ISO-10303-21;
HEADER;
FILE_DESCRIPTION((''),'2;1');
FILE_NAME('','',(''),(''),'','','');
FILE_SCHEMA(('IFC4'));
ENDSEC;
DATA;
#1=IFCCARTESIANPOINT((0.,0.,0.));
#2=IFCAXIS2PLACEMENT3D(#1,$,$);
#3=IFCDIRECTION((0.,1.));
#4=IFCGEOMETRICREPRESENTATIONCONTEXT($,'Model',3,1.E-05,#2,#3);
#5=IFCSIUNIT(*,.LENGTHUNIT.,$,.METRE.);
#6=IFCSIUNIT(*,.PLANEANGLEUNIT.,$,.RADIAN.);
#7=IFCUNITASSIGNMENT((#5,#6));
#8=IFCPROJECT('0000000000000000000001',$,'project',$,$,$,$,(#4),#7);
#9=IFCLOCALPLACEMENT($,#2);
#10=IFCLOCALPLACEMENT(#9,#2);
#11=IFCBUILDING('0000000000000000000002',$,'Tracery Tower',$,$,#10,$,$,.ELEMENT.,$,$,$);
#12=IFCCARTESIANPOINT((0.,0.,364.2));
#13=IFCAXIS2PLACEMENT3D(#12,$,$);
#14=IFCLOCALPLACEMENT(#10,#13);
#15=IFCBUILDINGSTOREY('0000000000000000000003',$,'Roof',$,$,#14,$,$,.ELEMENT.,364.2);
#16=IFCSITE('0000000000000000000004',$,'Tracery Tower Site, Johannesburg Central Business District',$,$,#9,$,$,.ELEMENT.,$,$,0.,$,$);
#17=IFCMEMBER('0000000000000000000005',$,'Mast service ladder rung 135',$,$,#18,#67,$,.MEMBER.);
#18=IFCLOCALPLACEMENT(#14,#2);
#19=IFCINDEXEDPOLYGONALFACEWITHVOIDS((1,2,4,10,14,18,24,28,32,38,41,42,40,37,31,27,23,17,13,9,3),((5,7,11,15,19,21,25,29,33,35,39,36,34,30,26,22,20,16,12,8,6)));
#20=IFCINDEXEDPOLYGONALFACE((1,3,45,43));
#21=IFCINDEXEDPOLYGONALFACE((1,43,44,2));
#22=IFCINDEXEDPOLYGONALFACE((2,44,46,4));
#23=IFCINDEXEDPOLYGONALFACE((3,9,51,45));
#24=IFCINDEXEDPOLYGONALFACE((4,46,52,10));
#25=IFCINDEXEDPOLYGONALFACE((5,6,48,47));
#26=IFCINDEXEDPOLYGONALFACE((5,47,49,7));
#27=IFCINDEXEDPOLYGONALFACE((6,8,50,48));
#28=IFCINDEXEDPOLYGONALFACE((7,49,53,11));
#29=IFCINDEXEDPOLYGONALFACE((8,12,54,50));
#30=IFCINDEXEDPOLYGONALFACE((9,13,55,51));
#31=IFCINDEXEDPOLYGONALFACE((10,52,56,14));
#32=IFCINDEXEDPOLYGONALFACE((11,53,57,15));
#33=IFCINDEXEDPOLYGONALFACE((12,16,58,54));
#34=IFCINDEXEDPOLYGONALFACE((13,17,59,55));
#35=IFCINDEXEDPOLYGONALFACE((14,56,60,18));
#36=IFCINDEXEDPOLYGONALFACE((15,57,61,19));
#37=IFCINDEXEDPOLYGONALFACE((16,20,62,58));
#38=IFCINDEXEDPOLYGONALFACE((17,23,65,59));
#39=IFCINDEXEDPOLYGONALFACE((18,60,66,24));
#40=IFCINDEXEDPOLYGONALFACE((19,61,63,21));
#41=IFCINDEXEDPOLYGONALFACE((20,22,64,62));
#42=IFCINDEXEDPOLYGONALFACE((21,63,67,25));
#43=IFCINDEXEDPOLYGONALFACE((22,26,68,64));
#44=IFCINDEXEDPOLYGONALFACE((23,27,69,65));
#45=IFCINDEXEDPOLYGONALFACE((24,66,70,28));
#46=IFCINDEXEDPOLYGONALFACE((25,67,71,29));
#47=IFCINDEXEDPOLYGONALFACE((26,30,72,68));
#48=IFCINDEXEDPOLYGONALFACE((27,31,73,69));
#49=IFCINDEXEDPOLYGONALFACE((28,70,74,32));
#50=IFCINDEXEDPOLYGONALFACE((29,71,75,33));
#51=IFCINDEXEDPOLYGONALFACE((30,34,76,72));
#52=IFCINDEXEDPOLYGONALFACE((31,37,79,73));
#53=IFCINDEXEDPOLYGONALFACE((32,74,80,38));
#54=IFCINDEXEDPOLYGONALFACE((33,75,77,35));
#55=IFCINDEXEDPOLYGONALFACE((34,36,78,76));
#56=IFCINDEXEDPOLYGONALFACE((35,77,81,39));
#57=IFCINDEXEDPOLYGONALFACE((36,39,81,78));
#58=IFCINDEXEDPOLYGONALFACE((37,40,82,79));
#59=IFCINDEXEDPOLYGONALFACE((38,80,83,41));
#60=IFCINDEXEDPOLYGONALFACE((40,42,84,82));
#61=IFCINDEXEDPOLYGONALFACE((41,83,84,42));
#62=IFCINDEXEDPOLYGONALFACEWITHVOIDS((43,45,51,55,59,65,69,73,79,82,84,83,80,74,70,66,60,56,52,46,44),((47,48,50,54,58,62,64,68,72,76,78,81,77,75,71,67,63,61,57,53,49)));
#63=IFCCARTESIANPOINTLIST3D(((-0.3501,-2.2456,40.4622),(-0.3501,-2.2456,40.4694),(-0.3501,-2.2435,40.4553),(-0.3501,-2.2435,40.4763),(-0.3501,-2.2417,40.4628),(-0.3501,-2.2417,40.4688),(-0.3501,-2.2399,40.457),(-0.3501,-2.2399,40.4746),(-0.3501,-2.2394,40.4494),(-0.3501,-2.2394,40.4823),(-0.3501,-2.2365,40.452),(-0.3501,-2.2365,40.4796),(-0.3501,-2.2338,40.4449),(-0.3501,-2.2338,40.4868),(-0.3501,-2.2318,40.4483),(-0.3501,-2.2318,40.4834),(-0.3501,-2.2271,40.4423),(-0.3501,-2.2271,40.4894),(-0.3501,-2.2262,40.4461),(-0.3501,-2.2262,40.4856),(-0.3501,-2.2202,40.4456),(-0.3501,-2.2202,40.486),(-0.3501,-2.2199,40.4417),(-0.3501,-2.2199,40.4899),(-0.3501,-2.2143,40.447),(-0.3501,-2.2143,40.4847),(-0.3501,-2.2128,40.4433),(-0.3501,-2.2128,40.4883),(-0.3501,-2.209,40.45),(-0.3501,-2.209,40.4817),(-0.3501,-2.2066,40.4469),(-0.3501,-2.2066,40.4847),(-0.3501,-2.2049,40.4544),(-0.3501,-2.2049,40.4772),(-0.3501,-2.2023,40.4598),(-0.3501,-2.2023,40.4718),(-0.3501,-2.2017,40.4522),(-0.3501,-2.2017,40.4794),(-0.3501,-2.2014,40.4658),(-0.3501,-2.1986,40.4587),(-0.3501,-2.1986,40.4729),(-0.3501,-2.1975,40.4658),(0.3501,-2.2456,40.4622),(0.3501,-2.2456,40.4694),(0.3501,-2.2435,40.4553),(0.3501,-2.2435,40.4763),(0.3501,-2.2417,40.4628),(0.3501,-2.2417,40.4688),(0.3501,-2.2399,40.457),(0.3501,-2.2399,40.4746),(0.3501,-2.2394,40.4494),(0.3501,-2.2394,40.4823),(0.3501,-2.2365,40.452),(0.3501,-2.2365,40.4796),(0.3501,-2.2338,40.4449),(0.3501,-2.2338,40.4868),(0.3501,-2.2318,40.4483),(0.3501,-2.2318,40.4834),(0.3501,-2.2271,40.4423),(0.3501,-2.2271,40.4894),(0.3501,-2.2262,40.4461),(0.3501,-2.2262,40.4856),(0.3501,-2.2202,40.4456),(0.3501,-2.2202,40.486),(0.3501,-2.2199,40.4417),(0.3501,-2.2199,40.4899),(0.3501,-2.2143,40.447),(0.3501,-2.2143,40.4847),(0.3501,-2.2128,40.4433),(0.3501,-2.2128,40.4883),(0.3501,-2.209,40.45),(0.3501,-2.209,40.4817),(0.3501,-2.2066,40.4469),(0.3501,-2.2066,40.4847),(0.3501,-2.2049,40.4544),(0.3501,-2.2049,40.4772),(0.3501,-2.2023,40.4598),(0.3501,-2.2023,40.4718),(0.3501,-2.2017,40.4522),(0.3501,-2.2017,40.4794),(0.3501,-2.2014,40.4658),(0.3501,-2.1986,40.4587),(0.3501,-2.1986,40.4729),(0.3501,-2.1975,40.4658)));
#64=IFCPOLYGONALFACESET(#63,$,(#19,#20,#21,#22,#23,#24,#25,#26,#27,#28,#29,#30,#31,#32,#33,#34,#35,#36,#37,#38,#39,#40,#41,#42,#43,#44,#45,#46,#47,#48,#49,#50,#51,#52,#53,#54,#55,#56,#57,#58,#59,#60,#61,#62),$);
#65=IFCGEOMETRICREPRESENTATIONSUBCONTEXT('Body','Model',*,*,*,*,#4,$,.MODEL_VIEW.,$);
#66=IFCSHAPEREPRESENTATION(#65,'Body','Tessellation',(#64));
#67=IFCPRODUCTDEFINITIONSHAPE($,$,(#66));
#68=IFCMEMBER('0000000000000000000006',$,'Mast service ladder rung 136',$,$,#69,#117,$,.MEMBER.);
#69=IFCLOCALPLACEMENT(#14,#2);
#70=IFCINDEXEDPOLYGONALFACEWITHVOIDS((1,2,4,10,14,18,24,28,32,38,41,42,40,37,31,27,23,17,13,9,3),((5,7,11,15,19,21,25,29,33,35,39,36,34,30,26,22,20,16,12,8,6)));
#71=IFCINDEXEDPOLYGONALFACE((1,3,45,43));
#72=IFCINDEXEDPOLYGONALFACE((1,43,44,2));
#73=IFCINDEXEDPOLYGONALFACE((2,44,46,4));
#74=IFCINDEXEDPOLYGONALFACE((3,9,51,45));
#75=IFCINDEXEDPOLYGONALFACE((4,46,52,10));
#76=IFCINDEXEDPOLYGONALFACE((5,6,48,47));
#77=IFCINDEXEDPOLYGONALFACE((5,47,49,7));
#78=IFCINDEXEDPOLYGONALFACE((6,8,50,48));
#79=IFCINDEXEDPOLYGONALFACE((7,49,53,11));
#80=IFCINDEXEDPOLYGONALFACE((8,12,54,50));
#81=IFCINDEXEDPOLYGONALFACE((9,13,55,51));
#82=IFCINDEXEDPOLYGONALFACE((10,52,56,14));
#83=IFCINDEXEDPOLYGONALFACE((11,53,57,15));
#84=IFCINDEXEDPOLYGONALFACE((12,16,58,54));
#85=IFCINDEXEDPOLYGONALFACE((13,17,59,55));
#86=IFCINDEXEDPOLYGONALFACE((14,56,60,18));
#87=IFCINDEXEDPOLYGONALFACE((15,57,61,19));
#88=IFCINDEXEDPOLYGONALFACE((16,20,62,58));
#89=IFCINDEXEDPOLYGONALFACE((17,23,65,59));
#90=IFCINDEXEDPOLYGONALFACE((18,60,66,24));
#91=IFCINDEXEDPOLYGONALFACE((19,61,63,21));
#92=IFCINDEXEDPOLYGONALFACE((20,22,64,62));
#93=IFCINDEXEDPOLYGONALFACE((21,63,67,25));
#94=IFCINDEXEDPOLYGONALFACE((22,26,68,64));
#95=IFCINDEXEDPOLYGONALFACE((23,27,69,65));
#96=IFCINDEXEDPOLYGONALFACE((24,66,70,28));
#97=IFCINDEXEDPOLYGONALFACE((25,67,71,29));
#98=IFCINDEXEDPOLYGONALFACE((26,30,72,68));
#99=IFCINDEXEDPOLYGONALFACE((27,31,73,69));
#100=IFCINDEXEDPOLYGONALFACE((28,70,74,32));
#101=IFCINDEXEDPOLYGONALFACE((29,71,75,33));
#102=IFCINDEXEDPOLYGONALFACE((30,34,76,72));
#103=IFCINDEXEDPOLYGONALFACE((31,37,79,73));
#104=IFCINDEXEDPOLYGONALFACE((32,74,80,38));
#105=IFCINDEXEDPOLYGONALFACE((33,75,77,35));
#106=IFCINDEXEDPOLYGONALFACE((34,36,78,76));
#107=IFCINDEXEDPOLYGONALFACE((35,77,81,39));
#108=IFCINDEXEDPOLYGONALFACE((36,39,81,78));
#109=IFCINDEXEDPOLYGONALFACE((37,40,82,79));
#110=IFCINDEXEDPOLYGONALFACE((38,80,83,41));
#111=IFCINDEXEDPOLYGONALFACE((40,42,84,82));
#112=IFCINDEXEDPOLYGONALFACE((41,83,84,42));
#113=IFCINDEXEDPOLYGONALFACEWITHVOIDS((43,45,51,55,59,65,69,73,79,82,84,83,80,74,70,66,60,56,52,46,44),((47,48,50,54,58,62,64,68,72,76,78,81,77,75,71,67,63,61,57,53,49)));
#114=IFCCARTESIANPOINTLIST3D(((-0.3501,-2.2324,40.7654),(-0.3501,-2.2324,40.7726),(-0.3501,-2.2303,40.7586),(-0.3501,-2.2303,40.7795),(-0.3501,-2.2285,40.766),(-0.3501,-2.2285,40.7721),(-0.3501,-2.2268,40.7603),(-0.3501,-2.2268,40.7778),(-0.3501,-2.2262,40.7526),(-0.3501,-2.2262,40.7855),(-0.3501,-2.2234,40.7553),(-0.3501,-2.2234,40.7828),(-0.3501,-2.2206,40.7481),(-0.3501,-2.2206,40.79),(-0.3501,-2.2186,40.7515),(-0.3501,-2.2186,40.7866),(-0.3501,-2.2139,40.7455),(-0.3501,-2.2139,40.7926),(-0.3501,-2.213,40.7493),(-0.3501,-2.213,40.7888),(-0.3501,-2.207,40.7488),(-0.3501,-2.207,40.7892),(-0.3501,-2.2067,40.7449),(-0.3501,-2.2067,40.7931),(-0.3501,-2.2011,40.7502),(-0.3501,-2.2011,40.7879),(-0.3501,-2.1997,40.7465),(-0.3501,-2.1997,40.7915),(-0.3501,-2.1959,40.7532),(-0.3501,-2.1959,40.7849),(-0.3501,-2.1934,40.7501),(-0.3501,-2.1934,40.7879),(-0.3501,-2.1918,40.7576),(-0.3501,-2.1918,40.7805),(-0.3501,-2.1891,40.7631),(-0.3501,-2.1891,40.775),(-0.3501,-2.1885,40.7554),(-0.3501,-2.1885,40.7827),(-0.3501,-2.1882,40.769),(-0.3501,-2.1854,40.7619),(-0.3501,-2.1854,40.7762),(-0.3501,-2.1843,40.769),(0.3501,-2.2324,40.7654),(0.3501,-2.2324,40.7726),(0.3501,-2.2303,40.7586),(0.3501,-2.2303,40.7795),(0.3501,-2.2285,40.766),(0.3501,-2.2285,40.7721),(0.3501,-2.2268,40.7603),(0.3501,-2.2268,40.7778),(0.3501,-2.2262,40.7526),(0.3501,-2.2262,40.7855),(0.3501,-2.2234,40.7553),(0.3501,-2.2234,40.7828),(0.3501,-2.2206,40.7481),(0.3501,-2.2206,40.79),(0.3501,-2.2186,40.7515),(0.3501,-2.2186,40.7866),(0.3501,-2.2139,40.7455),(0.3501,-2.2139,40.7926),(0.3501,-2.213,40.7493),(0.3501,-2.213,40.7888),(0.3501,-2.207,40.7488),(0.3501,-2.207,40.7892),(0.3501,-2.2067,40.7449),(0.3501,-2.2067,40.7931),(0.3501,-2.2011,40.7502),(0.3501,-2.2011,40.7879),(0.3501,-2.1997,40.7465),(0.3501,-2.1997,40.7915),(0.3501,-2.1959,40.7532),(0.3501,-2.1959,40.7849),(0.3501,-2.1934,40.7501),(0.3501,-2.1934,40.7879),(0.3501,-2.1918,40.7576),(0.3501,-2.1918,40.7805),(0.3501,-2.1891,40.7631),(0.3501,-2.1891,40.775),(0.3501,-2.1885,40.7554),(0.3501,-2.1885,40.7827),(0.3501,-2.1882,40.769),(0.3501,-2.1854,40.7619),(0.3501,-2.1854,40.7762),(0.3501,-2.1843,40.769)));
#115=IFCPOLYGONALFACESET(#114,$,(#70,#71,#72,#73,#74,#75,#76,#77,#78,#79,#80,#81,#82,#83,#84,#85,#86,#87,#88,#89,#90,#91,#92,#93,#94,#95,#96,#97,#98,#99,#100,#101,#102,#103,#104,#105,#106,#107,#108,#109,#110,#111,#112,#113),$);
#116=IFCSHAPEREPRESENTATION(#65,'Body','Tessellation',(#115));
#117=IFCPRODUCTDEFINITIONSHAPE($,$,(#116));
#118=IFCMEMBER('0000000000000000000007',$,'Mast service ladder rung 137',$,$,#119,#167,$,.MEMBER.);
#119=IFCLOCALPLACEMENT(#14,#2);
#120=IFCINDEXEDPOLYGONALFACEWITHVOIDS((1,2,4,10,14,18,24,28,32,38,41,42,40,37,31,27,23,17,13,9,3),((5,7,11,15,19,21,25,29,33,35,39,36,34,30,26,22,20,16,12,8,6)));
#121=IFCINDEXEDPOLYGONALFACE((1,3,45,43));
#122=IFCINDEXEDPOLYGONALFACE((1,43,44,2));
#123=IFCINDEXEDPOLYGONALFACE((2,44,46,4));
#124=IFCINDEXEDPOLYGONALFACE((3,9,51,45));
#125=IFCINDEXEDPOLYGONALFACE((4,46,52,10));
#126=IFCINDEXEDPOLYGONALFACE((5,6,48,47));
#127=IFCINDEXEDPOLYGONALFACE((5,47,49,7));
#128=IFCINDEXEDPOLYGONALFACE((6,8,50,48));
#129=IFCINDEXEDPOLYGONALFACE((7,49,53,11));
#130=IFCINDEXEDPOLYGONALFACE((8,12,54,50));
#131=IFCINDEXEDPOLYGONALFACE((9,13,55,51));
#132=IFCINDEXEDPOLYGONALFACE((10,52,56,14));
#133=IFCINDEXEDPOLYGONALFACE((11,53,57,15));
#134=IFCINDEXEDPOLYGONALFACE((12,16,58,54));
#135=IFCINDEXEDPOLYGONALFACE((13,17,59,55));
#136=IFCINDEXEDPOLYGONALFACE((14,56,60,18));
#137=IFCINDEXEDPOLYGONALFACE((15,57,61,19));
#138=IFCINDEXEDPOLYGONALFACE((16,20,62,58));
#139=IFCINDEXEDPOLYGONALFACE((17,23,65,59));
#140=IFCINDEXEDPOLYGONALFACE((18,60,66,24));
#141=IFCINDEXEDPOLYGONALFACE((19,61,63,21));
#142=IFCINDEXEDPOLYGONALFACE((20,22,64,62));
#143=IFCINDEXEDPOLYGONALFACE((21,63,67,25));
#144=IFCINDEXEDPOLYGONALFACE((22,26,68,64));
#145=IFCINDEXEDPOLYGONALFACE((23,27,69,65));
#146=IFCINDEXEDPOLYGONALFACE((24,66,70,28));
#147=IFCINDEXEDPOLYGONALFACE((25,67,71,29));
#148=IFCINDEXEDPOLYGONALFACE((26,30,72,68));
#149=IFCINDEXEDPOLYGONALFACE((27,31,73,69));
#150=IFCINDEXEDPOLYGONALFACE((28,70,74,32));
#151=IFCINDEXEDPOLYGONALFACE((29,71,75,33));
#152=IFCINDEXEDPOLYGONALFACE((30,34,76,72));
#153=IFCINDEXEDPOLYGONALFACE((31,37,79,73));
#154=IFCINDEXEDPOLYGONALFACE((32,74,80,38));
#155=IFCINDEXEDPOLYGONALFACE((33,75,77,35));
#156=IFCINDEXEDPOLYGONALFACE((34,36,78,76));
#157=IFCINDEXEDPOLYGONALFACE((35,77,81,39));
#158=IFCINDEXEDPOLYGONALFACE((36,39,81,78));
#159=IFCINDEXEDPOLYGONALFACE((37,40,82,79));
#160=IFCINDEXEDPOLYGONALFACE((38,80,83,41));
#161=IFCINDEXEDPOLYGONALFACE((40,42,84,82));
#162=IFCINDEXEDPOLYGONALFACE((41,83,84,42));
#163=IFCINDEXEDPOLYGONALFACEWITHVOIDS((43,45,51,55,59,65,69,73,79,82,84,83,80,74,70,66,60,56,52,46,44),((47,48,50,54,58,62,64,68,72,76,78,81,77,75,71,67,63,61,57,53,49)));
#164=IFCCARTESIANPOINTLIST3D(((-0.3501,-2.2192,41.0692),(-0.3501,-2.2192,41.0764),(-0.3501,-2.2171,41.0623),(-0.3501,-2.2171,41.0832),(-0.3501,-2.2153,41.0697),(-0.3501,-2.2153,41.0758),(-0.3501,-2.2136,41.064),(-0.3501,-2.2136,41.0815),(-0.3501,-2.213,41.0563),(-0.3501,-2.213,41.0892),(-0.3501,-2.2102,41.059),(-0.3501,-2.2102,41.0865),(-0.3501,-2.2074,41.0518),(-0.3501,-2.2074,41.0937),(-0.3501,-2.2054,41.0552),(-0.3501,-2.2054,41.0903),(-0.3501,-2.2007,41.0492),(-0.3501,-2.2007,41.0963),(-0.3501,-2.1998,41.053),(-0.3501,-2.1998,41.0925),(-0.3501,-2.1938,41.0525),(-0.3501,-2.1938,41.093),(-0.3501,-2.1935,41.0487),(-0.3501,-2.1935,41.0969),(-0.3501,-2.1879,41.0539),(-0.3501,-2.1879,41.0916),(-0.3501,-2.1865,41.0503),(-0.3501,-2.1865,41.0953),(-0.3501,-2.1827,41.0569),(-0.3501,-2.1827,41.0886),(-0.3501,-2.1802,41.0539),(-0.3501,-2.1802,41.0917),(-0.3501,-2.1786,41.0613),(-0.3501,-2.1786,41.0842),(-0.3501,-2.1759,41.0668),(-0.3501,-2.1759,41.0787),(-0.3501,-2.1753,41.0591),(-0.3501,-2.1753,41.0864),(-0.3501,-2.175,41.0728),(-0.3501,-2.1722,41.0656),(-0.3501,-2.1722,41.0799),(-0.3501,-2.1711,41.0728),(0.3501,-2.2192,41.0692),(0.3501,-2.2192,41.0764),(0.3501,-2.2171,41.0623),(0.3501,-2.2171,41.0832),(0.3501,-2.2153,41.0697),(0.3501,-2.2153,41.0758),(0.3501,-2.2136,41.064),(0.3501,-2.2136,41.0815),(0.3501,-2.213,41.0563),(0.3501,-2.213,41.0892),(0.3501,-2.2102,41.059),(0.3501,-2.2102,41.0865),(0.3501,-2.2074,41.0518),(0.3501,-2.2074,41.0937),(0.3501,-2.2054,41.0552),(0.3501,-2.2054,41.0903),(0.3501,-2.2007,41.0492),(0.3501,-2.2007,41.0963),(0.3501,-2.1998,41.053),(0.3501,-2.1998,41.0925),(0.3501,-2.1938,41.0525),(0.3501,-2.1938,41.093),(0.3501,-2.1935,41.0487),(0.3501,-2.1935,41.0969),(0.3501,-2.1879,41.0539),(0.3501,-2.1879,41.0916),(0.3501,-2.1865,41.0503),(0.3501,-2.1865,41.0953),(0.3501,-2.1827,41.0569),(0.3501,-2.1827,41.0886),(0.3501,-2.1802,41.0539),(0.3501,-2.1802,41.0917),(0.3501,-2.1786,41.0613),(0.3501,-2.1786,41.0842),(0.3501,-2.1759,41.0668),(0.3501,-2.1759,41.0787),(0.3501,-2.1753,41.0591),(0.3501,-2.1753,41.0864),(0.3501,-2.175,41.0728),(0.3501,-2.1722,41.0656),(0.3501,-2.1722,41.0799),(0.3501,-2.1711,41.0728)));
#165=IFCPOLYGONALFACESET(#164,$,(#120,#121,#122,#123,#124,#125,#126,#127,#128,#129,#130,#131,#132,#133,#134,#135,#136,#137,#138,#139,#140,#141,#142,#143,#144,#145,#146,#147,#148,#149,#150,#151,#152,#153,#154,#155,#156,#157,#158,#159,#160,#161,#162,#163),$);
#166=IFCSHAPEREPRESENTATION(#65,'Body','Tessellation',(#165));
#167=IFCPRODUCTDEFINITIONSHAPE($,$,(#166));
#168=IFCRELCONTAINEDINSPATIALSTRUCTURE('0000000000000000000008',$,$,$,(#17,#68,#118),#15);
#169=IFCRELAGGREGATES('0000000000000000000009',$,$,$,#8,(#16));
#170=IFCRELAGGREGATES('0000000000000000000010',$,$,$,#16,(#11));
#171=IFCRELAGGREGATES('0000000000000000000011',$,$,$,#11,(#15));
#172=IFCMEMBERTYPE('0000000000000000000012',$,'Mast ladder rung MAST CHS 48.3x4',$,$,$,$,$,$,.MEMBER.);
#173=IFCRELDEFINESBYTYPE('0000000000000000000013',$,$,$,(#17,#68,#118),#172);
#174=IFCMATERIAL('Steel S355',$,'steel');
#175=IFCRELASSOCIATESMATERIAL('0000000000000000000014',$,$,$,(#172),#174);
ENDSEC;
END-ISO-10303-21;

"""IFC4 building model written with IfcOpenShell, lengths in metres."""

from ifc_helpers import new_model, si_unit, direction, frame, origin, origin_2d, place, context, subcontext, project, spatial, hollow_circle, extrude, material, material_profile, profile_set, type_object, element, save


model = new_model("IFC4")

# Units and contexts
model_context = context("Model", 3, precision=1e-05, world=origin(), true_north=direction((0.0, 1.0)))
body_context = subcontext(model_context, "Body", "Model", "MODEL_VIEW")
ifc_project = project(units=[si_unit("LENGTHUNIT", "METRE"), si_unit("PLANEANGLEUNIT", "RADIAN")], contexts=[model_context])

# Site, building, storey
site_placement = place(None, origin())
site = spatial("IfcSite", under=ifc_project, at=site_placement, Name="Tracery Tower Site, Johannesburg Central Business District", CompositionType="ELEMENT", RefElevation=0.0)
building_placement = place(site_placement, origin())
building = spatial("IfcBuilding", under=site, at=building_placement, Name="Tracery Tower", CompositionType="ELEMENT")
storey_placement = place(building_placement, frame((0.0, 0.0, 364.2)))
storey = spatial("IfcBuildingStorey", under=building, at=storey_placement, Name="Roof", CompositionType="ELEMENT", Elevation=364.2)

# Members
ifc_material_1 = material(Name="Steel S355", Category="steel")
ifc_material_profile_1 = material_profile(ifc_material_1, hollow_circle(Radius=0.0242, WallThickness=0.0039, at=origin_2d()), Name="CHS 48.3x4")
ifc_profile_set_1 = profile_set([ifc_material_profile_1], Name="Steel S355")
member_type_1 = type_object("IfcMemberType", Name="Mast ladder rung MAST CHS 48.3x4", PredefinedType="MEMBER", material=ifc_profile_set_1)
for number, where, z_axis, x_axis, name in (
    (1, (-0.3501, -2.2217, 40.4658), (1.0, 0.0, 0.0), (0.0, 1.0, 0.0), "Mast service ladder rung 135"),
    (2, (-0.3501, -2.2085, 40.769), (1.0, 0.0, 0.0), (0.0, 1.0, 0.0), "Mast service ladder rung 136"),
    (3, (-0.3501, -2.1953, 41.0728), (1.0, 0.0, 0.0), (0.0, 1.0, 0.0), "Mast service ladder rung 137"),
):
    element("IfcMember", number, at=place(storey_placement, frame(where, z_axis=z_axis, x_axis=x_axis)), inside=storey, type_object=member_type_1, Name=name, PredefinedType="MEMBER", context=body_context, shape_type="SweptSolid", body=[
        extrude(hollow_circle(Radius=0.0242, WallThickness=0.0039, at=origin_2d()), origin(), (0.0, 0.0, 1.0), 0.7002),
    ])

save(model, "model.ifc")
